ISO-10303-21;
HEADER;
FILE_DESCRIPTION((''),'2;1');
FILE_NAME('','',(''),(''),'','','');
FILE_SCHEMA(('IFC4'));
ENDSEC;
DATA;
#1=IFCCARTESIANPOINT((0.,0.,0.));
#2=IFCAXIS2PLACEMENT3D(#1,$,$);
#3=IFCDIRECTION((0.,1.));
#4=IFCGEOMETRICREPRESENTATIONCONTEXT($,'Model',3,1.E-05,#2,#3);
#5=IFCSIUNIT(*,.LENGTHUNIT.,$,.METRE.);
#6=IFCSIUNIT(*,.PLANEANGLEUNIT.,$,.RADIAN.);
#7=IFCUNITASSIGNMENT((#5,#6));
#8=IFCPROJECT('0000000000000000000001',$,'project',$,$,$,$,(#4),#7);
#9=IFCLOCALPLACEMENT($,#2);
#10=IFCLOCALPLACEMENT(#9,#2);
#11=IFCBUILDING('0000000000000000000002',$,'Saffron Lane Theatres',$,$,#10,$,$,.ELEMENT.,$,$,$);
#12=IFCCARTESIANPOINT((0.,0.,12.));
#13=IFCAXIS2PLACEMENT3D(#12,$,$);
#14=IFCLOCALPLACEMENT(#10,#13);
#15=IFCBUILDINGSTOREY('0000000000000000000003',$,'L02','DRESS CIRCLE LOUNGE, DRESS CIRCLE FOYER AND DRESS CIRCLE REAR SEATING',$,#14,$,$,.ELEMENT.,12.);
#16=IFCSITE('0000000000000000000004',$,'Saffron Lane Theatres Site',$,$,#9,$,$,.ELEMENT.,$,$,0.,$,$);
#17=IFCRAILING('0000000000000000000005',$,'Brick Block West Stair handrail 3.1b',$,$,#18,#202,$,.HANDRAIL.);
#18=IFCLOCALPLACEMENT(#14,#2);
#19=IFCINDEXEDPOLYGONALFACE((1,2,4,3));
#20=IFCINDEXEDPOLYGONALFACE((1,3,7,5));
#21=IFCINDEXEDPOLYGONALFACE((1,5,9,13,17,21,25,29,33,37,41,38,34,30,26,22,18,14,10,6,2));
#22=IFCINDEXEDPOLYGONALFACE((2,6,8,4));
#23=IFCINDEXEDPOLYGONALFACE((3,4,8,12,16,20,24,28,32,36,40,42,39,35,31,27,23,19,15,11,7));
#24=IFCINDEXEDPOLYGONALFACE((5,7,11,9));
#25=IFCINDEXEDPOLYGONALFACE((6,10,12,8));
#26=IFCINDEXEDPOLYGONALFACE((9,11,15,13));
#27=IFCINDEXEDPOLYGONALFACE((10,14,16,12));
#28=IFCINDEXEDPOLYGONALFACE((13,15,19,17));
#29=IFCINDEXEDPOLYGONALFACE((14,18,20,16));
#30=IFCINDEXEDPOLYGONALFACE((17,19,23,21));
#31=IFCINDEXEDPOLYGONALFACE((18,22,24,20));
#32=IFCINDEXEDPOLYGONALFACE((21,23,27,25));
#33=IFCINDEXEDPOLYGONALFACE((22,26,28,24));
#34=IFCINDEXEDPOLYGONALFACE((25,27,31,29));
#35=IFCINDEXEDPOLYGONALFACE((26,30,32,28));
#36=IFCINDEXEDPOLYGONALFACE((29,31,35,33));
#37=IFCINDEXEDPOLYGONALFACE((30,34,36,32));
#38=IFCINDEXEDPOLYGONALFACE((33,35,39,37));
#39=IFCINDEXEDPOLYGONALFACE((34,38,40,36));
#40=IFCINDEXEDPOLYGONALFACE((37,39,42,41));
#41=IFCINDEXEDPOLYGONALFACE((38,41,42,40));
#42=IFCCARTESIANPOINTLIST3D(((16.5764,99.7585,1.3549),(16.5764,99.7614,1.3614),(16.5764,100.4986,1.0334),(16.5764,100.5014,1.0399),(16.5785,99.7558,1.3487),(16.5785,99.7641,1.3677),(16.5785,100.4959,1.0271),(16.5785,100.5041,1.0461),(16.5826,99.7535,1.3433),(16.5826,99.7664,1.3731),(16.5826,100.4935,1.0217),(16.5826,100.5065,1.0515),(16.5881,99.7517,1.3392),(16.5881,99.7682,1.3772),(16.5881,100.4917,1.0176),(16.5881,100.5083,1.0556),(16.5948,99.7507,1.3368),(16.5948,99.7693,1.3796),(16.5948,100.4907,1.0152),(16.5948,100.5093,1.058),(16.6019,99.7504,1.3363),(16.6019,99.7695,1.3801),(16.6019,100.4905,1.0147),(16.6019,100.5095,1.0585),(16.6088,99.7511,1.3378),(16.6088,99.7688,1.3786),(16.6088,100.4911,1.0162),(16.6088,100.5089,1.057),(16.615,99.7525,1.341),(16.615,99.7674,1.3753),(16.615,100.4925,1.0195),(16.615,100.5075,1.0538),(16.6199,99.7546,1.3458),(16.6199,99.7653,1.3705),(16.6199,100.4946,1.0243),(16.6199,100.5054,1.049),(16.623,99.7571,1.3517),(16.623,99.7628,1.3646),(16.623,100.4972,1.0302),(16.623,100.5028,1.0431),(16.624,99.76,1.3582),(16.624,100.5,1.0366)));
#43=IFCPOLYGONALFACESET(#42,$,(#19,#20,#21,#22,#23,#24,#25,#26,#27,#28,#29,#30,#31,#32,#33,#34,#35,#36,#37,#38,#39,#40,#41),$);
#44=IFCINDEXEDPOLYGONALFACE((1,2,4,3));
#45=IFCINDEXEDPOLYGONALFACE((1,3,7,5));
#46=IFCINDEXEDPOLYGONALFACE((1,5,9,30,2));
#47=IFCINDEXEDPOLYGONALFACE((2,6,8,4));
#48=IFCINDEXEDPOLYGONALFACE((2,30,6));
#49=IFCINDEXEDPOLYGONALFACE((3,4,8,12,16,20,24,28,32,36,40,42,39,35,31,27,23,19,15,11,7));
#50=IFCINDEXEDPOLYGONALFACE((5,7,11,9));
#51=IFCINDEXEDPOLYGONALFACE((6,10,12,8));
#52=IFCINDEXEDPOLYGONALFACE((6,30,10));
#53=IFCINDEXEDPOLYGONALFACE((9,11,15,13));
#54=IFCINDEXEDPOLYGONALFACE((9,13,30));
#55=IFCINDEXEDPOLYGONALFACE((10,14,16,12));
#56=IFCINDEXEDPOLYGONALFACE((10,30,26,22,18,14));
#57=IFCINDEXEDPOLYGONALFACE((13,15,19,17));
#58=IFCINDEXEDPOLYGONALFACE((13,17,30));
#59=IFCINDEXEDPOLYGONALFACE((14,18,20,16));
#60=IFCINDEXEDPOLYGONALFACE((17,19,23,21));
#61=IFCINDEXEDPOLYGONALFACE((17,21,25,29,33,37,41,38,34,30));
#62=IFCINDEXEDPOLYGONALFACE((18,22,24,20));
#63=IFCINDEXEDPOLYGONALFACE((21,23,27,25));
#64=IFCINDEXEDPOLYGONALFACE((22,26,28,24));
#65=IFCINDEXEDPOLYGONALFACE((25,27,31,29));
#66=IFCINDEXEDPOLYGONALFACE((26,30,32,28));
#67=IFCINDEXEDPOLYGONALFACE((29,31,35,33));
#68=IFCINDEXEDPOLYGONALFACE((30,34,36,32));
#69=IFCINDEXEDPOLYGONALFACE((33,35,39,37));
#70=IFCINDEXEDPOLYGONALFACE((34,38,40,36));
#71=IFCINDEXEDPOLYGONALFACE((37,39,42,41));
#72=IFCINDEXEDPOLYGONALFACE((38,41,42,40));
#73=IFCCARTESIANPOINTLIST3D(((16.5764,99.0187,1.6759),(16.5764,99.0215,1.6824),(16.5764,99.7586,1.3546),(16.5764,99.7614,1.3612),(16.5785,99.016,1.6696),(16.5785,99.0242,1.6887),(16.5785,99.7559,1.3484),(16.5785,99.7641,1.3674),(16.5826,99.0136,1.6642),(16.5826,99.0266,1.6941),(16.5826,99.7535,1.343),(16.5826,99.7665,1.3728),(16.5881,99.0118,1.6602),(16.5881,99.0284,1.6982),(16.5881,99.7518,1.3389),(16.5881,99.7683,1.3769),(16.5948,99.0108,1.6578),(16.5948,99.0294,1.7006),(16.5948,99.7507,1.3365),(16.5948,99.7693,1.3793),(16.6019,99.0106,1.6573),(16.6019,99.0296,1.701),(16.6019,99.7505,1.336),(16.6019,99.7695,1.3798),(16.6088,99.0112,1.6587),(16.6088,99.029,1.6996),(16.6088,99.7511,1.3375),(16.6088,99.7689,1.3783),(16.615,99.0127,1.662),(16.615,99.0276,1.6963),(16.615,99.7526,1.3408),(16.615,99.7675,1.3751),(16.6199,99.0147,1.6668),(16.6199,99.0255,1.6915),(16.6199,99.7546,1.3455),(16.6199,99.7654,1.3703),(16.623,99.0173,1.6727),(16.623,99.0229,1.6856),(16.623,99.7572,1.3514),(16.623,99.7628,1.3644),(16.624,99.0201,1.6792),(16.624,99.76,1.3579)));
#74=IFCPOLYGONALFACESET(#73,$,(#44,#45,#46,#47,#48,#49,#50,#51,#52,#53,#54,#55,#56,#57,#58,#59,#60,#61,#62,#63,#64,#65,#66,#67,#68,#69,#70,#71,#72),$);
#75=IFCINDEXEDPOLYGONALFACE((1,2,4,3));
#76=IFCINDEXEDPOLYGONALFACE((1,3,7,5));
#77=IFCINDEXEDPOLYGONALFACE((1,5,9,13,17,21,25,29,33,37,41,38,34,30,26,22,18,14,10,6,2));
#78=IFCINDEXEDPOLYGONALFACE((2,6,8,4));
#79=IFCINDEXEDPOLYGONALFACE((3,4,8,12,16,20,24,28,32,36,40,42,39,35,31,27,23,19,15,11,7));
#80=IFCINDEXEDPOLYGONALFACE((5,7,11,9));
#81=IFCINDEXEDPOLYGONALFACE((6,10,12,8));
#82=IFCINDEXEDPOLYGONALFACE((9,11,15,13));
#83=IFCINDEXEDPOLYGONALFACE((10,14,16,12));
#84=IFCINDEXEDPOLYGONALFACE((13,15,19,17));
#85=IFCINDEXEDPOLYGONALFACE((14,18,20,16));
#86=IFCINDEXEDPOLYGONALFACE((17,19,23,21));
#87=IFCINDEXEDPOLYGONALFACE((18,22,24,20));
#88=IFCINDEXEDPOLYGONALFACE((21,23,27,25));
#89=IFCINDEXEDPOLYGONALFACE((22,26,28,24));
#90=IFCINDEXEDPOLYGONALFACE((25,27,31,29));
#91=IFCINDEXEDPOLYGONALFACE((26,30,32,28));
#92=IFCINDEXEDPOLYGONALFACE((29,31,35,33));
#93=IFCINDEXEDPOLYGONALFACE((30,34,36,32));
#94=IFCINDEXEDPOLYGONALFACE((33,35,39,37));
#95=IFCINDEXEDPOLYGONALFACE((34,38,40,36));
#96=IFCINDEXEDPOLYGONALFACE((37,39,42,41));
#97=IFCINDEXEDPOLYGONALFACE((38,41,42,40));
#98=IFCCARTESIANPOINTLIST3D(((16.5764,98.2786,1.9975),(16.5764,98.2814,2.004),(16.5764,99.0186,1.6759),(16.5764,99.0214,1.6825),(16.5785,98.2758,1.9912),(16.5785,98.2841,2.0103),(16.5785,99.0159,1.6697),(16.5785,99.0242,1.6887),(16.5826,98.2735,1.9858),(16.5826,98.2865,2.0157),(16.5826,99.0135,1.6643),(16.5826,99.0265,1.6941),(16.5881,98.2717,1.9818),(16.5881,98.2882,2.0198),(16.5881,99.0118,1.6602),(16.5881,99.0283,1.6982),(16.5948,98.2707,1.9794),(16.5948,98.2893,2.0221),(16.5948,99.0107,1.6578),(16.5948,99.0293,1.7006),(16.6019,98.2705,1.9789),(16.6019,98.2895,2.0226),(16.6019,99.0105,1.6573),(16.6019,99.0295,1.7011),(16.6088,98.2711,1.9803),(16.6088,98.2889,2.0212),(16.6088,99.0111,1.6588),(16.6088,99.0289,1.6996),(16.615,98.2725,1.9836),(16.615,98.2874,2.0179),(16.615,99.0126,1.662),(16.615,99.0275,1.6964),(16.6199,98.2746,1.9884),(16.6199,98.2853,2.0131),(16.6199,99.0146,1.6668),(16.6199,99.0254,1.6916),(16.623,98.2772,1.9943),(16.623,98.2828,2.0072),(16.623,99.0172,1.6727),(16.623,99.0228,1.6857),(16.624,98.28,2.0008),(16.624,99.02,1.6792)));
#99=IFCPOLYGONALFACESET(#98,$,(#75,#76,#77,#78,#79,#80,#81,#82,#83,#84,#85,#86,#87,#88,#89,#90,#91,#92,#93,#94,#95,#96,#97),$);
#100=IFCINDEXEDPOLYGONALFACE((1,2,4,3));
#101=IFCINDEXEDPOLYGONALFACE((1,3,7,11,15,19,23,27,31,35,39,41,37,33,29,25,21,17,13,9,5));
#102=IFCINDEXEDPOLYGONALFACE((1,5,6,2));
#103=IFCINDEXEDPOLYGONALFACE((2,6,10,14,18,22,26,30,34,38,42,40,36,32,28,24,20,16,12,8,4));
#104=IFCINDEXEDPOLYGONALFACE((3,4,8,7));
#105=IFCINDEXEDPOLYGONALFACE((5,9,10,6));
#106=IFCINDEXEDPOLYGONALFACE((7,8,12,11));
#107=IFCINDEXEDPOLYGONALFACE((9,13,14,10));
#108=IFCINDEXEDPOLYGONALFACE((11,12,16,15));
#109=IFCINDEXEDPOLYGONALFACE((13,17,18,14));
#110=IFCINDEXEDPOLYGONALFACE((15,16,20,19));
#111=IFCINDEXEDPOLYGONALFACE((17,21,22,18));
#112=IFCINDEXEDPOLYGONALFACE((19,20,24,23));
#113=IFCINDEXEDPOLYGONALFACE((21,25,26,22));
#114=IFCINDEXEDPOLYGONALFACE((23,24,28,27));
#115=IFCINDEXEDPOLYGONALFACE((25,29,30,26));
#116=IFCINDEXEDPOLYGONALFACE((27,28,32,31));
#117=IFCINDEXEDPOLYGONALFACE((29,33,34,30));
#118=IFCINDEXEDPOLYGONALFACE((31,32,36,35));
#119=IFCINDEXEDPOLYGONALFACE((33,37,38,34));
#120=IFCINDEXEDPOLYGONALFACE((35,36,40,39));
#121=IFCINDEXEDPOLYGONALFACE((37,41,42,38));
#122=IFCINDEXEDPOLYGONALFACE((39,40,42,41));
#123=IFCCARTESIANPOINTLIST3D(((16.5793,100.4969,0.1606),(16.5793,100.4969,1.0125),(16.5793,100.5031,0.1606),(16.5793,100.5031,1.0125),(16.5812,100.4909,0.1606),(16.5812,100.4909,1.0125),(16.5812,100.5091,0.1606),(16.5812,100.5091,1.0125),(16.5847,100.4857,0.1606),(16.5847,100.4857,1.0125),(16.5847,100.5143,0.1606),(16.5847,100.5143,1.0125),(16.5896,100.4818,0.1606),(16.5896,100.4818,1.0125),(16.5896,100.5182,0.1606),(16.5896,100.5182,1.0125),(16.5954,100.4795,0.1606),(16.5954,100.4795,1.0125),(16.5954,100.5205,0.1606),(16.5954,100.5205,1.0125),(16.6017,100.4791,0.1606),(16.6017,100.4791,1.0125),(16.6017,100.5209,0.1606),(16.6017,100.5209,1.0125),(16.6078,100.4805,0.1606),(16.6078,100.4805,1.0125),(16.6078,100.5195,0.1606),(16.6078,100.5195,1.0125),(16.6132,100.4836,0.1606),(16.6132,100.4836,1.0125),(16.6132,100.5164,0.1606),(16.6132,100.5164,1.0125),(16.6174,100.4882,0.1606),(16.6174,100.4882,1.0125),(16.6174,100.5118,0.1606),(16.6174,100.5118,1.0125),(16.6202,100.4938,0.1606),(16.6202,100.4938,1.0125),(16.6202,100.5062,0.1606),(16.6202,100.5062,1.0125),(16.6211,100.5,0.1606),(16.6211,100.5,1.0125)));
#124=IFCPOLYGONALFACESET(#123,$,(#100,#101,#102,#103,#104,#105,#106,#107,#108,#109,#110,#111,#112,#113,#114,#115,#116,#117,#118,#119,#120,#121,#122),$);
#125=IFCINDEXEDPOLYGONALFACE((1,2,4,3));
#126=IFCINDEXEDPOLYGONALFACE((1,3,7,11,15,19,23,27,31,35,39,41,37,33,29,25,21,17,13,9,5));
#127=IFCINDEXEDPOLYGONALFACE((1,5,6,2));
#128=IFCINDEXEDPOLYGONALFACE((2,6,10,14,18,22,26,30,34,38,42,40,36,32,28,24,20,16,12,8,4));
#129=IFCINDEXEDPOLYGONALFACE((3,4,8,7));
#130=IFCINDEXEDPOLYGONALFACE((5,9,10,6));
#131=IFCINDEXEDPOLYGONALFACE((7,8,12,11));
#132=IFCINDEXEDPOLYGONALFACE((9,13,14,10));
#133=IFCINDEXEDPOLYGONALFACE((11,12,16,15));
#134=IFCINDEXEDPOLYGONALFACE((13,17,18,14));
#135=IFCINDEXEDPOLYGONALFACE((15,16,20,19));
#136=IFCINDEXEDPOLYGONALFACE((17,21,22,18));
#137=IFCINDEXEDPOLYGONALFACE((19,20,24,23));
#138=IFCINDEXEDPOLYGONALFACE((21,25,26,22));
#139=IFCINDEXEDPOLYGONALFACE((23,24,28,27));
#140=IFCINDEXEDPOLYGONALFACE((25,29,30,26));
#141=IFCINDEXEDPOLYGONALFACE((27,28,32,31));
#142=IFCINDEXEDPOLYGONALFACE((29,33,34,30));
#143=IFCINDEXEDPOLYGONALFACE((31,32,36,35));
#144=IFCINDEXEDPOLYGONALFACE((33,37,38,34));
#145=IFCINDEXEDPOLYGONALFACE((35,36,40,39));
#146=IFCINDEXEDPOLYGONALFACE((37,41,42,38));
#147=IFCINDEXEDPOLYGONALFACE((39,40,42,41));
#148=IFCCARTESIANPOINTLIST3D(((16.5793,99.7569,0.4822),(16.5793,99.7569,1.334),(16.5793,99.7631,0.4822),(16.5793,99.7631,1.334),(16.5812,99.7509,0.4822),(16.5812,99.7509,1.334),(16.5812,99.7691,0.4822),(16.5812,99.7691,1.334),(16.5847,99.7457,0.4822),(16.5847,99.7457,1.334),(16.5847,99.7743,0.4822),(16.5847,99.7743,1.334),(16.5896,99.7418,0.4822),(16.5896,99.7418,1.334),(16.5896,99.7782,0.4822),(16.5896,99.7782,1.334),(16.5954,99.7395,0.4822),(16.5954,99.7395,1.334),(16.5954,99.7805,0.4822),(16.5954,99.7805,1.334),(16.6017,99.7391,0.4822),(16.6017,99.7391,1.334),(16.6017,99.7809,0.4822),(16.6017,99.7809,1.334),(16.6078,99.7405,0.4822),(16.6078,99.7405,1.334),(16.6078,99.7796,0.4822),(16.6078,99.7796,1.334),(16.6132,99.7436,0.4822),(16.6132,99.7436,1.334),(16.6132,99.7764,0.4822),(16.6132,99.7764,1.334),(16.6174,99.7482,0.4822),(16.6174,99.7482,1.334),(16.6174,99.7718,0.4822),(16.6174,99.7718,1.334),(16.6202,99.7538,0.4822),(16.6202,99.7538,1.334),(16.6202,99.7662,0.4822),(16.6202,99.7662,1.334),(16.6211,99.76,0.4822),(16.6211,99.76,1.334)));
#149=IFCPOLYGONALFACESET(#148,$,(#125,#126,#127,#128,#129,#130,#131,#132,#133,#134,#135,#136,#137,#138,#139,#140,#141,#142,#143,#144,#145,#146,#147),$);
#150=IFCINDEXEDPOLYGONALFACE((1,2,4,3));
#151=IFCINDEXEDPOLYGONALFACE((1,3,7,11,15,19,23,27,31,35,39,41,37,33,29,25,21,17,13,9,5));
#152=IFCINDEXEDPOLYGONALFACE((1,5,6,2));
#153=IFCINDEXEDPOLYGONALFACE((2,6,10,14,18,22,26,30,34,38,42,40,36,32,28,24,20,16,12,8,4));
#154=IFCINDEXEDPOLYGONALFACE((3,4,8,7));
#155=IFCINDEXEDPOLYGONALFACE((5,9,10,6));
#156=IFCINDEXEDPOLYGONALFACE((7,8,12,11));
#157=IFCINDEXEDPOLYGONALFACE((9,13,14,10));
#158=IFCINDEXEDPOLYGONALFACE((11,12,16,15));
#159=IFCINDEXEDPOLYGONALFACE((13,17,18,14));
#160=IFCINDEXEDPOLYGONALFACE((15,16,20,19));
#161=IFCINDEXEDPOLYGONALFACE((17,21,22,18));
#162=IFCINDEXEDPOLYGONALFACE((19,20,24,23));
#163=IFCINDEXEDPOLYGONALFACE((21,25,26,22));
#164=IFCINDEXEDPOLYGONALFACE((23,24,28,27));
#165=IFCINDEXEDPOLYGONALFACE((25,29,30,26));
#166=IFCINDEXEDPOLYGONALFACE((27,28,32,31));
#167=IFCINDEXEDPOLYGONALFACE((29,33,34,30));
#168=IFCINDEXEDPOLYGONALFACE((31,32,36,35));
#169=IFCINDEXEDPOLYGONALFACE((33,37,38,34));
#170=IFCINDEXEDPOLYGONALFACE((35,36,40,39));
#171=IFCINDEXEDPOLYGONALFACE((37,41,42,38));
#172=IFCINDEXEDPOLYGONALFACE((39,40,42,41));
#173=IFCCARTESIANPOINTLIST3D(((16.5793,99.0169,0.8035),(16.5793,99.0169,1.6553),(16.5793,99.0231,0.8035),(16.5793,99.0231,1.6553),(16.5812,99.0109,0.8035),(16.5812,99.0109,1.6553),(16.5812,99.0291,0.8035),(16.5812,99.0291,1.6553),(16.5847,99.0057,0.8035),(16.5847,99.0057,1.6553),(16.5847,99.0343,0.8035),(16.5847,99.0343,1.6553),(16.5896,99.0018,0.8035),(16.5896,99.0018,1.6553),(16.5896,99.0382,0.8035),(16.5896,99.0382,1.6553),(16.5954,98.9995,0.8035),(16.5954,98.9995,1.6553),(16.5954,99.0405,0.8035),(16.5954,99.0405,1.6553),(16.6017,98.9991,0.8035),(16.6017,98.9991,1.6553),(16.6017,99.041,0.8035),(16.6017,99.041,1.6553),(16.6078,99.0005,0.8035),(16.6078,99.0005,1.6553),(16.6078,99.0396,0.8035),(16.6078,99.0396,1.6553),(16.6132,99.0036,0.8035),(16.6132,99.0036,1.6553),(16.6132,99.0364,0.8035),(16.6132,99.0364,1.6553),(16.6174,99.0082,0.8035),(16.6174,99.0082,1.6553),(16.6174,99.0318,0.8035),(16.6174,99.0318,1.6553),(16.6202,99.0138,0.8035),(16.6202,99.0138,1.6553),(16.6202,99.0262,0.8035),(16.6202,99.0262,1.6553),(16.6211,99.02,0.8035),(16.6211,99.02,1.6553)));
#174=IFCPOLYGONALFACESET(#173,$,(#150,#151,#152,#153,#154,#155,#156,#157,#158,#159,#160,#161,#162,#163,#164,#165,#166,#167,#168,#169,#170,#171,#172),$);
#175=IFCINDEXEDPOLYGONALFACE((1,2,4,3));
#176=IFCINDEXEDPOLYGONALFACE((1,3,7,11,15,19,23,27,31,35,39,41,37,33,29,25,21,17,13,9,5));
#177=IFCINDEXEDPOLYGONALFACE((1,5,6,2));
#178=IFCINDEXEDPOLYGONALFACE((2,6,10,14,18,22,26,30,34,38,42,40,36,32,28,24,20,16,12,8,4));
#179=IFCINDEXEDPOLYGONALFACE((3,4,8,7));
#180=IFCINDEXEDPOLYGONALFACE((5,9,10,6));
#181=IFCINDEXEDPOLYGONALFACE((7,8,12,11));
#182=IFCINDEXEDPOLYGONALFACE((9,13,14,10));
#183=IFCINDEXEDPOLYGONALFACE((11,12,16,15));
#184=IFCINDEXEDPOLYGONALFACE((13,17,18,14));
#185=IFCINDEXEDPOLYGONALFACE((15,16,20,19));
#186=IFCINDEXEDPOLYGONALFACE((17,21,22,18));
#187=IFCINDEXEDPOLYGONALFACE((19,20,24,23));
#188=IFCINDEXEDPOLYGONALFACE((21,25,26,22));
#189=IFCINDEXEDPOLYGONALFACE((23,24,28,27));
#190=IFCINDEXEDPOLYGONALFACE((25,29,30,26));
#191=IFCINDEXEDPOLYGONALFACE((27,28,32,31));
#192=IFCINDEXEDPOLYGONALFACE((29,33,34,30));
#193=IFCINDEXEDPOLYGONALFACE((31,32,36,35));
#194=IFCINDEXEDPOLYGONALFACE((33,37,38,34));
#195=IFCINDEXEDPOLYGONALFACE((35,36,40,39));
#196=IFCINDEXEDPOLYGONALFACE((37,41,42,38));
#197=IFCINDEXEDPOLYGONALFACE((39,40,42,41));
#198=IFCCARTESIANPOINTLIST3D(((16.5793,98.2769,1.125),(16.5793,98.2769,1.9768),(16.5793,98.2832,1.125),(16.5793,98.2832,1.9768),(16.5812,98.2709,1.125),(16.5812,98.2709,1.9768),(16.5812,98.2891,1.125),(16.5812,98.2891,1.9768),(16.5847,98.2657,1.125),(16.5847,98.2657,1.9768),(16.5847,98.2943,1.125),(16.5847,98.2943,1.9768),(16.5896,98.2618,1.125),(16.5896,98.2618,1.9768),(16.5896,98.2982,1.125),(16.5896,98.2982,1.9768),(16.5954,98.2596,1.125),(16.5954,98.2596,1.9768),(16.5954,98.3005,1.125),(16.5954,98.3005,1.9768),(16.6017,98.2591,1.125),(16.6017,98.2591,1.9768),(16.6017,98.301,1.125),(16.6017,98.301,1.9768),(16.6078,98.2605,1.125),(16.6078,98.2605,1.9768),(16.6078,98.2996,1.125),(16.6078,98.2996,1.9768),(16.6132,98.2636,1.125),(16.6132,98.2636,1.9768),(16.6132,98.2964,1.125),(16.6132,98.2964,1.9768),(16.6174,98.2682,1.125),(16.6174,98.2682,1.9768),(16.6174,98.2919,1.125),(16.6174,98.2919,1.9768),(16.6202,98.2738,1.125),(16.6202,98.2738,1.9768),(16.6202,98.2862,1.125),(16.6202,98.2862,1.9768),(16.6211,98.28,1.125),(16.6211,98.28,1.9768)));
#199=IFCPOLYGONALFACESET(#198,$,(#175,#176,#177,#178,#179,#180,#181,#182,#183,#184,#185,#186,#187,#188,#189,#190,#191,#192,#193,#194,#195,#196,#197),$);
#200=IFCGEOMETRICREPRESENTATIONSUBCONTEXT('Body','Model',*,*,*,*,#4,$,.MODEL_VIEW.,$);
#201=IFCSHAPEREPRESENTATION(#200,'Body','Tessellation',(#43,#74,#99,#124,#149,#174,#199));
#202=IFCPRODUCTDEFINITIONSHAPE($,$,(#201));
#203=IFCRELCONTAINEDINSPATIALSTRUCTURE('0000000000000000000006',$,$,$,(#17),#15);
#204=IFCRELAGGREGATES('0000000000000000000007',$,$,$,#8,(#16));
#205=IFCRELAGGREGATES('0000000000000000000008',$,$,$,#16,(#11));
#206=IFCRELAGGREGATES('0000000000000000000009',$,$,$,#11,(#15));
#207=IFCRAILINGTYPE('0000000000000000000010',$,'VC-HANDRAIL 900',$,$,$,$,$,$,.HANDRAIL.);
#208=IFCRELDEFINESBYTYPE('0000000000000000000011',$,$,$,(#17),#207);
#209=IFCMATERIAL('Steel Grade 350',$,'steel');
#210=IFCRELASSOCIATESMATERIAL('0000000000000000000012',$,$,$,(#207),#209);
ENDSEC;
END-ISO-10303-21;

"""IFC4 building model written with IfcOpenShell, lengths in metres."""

from ifc_helpers import new_model, si_unit, direction, frame, origin, origin_2d, place, context, subcontext, project, spatial, circle, extrude, material, type_object, element, save


model = new_model("IFC4")

# Units and contexts
model_context = context("Model", 3, precision=1e-05, world=origin(), true_north=direction((0.0, 1.0)))
body_context = subcontext(model_context, "Body", "Model", "MODEL_VIEW")
ifc_project = project(units=[si_unit("LENGTHUNIT", "METRE"), si_unit("PLANEANGLEUNIT", "RADIAN")], contexts=[model_context])

# Site, building, storey
site_placement = place(None, origin())
site = spatial("IfcSite", under=ifc_project, at=site_placement, Name="Saffron Lane Theatres Site", CompositionType="ELEMENT", RefElevation=0.0)
building_placement = place(site_placement, origin())
building = spatial("IfcBuilding", under=site, at=building_placement, Name="Saffron Lane Theatres", CompositionType="ELEMENT")
storey_placement = place(building_placement, frame((0.0, 0.0, 12.0)))
storey = spatial("IfcBuildingStorey", under=building, at=storey_placement, Name="L02", Description="DRESS CIRCLE LOUNGE, DRESS CIRCLE FOYER AND DRESS CIRCLE REAR SEATING", CompositionType="ELEMENT", Elevation=12.0)

# Railing
ifc_material_1 = material(Name="Steel Grade 350", Category="steel")
railing_type_1 = type_object("IfcRailingType", Name="VC-HANDRAIL 900", PredefinedType="HANDRAIL", material=ifc_material_1)
for number, where, name in (
    (1, (16.6001, 100.5, 0.1606), "Brick Block West Stair handrail 3.1b"),
):
    element("IfcRailing", number, at=place(storey_placement, frame(where)), inside=storey, type_object=railing_type_1, Name=name, PredefinedType="HANDRAIL", context=body_context, shape_type="SweptSolid", body=[
        extrude(circle(Radius=0.0239, at=origin_2d()), frame((0.0, 0.0, 0.876), z_axis=(0.0, -0.917161, 0.398516), x_axis=(1.0, 0.0, 0.0)), (0.0, 0.0, 1.0), 0.8069),
        extrude(circle(Radius=0.0239, at=origin_2d()), frame((0.0, -0.74, 1.1973), z_axis=(0.0, -0.917272, 0.398261), x_axis=(1.0, 0.0, 0.0)), (0.0, 0.0, 1.0), 0.8066),
        extrude(circle(Radius=0.0239, at=origin_2d()), frame((0.0, -1.48, 1.5186), z_axis=(0.0, -0.917161, 0.398516), x_axis=(1.0, 0.0, 0.0)), (0.0, 0.0, 1.0), 0.8069),
        extrude(circle(Radius=0.021, at=origin_2d()), origin(), (0.0, 0.0, 1.0), 0.8518),
        extrude(circle(Radius=0.021, at=origin_2d()), frame((0.0, -0.74, 0.3215)), (0.0, 0.0, 1.0), 0.8518),
        extrude(circle(Radius=0.021, at=origin_2d()), frame((0.0, -1.48, 0.6428)), (0.0, 0.0, 1.0), 0.8518),
        extrude(circle(Radius=0.021, at=origin_2d()), frame((0.0, -2.22, 0.9644)), (0.0, 0.0, 1.0), 0.8518),
    ])

save(model, "model.ifc")
